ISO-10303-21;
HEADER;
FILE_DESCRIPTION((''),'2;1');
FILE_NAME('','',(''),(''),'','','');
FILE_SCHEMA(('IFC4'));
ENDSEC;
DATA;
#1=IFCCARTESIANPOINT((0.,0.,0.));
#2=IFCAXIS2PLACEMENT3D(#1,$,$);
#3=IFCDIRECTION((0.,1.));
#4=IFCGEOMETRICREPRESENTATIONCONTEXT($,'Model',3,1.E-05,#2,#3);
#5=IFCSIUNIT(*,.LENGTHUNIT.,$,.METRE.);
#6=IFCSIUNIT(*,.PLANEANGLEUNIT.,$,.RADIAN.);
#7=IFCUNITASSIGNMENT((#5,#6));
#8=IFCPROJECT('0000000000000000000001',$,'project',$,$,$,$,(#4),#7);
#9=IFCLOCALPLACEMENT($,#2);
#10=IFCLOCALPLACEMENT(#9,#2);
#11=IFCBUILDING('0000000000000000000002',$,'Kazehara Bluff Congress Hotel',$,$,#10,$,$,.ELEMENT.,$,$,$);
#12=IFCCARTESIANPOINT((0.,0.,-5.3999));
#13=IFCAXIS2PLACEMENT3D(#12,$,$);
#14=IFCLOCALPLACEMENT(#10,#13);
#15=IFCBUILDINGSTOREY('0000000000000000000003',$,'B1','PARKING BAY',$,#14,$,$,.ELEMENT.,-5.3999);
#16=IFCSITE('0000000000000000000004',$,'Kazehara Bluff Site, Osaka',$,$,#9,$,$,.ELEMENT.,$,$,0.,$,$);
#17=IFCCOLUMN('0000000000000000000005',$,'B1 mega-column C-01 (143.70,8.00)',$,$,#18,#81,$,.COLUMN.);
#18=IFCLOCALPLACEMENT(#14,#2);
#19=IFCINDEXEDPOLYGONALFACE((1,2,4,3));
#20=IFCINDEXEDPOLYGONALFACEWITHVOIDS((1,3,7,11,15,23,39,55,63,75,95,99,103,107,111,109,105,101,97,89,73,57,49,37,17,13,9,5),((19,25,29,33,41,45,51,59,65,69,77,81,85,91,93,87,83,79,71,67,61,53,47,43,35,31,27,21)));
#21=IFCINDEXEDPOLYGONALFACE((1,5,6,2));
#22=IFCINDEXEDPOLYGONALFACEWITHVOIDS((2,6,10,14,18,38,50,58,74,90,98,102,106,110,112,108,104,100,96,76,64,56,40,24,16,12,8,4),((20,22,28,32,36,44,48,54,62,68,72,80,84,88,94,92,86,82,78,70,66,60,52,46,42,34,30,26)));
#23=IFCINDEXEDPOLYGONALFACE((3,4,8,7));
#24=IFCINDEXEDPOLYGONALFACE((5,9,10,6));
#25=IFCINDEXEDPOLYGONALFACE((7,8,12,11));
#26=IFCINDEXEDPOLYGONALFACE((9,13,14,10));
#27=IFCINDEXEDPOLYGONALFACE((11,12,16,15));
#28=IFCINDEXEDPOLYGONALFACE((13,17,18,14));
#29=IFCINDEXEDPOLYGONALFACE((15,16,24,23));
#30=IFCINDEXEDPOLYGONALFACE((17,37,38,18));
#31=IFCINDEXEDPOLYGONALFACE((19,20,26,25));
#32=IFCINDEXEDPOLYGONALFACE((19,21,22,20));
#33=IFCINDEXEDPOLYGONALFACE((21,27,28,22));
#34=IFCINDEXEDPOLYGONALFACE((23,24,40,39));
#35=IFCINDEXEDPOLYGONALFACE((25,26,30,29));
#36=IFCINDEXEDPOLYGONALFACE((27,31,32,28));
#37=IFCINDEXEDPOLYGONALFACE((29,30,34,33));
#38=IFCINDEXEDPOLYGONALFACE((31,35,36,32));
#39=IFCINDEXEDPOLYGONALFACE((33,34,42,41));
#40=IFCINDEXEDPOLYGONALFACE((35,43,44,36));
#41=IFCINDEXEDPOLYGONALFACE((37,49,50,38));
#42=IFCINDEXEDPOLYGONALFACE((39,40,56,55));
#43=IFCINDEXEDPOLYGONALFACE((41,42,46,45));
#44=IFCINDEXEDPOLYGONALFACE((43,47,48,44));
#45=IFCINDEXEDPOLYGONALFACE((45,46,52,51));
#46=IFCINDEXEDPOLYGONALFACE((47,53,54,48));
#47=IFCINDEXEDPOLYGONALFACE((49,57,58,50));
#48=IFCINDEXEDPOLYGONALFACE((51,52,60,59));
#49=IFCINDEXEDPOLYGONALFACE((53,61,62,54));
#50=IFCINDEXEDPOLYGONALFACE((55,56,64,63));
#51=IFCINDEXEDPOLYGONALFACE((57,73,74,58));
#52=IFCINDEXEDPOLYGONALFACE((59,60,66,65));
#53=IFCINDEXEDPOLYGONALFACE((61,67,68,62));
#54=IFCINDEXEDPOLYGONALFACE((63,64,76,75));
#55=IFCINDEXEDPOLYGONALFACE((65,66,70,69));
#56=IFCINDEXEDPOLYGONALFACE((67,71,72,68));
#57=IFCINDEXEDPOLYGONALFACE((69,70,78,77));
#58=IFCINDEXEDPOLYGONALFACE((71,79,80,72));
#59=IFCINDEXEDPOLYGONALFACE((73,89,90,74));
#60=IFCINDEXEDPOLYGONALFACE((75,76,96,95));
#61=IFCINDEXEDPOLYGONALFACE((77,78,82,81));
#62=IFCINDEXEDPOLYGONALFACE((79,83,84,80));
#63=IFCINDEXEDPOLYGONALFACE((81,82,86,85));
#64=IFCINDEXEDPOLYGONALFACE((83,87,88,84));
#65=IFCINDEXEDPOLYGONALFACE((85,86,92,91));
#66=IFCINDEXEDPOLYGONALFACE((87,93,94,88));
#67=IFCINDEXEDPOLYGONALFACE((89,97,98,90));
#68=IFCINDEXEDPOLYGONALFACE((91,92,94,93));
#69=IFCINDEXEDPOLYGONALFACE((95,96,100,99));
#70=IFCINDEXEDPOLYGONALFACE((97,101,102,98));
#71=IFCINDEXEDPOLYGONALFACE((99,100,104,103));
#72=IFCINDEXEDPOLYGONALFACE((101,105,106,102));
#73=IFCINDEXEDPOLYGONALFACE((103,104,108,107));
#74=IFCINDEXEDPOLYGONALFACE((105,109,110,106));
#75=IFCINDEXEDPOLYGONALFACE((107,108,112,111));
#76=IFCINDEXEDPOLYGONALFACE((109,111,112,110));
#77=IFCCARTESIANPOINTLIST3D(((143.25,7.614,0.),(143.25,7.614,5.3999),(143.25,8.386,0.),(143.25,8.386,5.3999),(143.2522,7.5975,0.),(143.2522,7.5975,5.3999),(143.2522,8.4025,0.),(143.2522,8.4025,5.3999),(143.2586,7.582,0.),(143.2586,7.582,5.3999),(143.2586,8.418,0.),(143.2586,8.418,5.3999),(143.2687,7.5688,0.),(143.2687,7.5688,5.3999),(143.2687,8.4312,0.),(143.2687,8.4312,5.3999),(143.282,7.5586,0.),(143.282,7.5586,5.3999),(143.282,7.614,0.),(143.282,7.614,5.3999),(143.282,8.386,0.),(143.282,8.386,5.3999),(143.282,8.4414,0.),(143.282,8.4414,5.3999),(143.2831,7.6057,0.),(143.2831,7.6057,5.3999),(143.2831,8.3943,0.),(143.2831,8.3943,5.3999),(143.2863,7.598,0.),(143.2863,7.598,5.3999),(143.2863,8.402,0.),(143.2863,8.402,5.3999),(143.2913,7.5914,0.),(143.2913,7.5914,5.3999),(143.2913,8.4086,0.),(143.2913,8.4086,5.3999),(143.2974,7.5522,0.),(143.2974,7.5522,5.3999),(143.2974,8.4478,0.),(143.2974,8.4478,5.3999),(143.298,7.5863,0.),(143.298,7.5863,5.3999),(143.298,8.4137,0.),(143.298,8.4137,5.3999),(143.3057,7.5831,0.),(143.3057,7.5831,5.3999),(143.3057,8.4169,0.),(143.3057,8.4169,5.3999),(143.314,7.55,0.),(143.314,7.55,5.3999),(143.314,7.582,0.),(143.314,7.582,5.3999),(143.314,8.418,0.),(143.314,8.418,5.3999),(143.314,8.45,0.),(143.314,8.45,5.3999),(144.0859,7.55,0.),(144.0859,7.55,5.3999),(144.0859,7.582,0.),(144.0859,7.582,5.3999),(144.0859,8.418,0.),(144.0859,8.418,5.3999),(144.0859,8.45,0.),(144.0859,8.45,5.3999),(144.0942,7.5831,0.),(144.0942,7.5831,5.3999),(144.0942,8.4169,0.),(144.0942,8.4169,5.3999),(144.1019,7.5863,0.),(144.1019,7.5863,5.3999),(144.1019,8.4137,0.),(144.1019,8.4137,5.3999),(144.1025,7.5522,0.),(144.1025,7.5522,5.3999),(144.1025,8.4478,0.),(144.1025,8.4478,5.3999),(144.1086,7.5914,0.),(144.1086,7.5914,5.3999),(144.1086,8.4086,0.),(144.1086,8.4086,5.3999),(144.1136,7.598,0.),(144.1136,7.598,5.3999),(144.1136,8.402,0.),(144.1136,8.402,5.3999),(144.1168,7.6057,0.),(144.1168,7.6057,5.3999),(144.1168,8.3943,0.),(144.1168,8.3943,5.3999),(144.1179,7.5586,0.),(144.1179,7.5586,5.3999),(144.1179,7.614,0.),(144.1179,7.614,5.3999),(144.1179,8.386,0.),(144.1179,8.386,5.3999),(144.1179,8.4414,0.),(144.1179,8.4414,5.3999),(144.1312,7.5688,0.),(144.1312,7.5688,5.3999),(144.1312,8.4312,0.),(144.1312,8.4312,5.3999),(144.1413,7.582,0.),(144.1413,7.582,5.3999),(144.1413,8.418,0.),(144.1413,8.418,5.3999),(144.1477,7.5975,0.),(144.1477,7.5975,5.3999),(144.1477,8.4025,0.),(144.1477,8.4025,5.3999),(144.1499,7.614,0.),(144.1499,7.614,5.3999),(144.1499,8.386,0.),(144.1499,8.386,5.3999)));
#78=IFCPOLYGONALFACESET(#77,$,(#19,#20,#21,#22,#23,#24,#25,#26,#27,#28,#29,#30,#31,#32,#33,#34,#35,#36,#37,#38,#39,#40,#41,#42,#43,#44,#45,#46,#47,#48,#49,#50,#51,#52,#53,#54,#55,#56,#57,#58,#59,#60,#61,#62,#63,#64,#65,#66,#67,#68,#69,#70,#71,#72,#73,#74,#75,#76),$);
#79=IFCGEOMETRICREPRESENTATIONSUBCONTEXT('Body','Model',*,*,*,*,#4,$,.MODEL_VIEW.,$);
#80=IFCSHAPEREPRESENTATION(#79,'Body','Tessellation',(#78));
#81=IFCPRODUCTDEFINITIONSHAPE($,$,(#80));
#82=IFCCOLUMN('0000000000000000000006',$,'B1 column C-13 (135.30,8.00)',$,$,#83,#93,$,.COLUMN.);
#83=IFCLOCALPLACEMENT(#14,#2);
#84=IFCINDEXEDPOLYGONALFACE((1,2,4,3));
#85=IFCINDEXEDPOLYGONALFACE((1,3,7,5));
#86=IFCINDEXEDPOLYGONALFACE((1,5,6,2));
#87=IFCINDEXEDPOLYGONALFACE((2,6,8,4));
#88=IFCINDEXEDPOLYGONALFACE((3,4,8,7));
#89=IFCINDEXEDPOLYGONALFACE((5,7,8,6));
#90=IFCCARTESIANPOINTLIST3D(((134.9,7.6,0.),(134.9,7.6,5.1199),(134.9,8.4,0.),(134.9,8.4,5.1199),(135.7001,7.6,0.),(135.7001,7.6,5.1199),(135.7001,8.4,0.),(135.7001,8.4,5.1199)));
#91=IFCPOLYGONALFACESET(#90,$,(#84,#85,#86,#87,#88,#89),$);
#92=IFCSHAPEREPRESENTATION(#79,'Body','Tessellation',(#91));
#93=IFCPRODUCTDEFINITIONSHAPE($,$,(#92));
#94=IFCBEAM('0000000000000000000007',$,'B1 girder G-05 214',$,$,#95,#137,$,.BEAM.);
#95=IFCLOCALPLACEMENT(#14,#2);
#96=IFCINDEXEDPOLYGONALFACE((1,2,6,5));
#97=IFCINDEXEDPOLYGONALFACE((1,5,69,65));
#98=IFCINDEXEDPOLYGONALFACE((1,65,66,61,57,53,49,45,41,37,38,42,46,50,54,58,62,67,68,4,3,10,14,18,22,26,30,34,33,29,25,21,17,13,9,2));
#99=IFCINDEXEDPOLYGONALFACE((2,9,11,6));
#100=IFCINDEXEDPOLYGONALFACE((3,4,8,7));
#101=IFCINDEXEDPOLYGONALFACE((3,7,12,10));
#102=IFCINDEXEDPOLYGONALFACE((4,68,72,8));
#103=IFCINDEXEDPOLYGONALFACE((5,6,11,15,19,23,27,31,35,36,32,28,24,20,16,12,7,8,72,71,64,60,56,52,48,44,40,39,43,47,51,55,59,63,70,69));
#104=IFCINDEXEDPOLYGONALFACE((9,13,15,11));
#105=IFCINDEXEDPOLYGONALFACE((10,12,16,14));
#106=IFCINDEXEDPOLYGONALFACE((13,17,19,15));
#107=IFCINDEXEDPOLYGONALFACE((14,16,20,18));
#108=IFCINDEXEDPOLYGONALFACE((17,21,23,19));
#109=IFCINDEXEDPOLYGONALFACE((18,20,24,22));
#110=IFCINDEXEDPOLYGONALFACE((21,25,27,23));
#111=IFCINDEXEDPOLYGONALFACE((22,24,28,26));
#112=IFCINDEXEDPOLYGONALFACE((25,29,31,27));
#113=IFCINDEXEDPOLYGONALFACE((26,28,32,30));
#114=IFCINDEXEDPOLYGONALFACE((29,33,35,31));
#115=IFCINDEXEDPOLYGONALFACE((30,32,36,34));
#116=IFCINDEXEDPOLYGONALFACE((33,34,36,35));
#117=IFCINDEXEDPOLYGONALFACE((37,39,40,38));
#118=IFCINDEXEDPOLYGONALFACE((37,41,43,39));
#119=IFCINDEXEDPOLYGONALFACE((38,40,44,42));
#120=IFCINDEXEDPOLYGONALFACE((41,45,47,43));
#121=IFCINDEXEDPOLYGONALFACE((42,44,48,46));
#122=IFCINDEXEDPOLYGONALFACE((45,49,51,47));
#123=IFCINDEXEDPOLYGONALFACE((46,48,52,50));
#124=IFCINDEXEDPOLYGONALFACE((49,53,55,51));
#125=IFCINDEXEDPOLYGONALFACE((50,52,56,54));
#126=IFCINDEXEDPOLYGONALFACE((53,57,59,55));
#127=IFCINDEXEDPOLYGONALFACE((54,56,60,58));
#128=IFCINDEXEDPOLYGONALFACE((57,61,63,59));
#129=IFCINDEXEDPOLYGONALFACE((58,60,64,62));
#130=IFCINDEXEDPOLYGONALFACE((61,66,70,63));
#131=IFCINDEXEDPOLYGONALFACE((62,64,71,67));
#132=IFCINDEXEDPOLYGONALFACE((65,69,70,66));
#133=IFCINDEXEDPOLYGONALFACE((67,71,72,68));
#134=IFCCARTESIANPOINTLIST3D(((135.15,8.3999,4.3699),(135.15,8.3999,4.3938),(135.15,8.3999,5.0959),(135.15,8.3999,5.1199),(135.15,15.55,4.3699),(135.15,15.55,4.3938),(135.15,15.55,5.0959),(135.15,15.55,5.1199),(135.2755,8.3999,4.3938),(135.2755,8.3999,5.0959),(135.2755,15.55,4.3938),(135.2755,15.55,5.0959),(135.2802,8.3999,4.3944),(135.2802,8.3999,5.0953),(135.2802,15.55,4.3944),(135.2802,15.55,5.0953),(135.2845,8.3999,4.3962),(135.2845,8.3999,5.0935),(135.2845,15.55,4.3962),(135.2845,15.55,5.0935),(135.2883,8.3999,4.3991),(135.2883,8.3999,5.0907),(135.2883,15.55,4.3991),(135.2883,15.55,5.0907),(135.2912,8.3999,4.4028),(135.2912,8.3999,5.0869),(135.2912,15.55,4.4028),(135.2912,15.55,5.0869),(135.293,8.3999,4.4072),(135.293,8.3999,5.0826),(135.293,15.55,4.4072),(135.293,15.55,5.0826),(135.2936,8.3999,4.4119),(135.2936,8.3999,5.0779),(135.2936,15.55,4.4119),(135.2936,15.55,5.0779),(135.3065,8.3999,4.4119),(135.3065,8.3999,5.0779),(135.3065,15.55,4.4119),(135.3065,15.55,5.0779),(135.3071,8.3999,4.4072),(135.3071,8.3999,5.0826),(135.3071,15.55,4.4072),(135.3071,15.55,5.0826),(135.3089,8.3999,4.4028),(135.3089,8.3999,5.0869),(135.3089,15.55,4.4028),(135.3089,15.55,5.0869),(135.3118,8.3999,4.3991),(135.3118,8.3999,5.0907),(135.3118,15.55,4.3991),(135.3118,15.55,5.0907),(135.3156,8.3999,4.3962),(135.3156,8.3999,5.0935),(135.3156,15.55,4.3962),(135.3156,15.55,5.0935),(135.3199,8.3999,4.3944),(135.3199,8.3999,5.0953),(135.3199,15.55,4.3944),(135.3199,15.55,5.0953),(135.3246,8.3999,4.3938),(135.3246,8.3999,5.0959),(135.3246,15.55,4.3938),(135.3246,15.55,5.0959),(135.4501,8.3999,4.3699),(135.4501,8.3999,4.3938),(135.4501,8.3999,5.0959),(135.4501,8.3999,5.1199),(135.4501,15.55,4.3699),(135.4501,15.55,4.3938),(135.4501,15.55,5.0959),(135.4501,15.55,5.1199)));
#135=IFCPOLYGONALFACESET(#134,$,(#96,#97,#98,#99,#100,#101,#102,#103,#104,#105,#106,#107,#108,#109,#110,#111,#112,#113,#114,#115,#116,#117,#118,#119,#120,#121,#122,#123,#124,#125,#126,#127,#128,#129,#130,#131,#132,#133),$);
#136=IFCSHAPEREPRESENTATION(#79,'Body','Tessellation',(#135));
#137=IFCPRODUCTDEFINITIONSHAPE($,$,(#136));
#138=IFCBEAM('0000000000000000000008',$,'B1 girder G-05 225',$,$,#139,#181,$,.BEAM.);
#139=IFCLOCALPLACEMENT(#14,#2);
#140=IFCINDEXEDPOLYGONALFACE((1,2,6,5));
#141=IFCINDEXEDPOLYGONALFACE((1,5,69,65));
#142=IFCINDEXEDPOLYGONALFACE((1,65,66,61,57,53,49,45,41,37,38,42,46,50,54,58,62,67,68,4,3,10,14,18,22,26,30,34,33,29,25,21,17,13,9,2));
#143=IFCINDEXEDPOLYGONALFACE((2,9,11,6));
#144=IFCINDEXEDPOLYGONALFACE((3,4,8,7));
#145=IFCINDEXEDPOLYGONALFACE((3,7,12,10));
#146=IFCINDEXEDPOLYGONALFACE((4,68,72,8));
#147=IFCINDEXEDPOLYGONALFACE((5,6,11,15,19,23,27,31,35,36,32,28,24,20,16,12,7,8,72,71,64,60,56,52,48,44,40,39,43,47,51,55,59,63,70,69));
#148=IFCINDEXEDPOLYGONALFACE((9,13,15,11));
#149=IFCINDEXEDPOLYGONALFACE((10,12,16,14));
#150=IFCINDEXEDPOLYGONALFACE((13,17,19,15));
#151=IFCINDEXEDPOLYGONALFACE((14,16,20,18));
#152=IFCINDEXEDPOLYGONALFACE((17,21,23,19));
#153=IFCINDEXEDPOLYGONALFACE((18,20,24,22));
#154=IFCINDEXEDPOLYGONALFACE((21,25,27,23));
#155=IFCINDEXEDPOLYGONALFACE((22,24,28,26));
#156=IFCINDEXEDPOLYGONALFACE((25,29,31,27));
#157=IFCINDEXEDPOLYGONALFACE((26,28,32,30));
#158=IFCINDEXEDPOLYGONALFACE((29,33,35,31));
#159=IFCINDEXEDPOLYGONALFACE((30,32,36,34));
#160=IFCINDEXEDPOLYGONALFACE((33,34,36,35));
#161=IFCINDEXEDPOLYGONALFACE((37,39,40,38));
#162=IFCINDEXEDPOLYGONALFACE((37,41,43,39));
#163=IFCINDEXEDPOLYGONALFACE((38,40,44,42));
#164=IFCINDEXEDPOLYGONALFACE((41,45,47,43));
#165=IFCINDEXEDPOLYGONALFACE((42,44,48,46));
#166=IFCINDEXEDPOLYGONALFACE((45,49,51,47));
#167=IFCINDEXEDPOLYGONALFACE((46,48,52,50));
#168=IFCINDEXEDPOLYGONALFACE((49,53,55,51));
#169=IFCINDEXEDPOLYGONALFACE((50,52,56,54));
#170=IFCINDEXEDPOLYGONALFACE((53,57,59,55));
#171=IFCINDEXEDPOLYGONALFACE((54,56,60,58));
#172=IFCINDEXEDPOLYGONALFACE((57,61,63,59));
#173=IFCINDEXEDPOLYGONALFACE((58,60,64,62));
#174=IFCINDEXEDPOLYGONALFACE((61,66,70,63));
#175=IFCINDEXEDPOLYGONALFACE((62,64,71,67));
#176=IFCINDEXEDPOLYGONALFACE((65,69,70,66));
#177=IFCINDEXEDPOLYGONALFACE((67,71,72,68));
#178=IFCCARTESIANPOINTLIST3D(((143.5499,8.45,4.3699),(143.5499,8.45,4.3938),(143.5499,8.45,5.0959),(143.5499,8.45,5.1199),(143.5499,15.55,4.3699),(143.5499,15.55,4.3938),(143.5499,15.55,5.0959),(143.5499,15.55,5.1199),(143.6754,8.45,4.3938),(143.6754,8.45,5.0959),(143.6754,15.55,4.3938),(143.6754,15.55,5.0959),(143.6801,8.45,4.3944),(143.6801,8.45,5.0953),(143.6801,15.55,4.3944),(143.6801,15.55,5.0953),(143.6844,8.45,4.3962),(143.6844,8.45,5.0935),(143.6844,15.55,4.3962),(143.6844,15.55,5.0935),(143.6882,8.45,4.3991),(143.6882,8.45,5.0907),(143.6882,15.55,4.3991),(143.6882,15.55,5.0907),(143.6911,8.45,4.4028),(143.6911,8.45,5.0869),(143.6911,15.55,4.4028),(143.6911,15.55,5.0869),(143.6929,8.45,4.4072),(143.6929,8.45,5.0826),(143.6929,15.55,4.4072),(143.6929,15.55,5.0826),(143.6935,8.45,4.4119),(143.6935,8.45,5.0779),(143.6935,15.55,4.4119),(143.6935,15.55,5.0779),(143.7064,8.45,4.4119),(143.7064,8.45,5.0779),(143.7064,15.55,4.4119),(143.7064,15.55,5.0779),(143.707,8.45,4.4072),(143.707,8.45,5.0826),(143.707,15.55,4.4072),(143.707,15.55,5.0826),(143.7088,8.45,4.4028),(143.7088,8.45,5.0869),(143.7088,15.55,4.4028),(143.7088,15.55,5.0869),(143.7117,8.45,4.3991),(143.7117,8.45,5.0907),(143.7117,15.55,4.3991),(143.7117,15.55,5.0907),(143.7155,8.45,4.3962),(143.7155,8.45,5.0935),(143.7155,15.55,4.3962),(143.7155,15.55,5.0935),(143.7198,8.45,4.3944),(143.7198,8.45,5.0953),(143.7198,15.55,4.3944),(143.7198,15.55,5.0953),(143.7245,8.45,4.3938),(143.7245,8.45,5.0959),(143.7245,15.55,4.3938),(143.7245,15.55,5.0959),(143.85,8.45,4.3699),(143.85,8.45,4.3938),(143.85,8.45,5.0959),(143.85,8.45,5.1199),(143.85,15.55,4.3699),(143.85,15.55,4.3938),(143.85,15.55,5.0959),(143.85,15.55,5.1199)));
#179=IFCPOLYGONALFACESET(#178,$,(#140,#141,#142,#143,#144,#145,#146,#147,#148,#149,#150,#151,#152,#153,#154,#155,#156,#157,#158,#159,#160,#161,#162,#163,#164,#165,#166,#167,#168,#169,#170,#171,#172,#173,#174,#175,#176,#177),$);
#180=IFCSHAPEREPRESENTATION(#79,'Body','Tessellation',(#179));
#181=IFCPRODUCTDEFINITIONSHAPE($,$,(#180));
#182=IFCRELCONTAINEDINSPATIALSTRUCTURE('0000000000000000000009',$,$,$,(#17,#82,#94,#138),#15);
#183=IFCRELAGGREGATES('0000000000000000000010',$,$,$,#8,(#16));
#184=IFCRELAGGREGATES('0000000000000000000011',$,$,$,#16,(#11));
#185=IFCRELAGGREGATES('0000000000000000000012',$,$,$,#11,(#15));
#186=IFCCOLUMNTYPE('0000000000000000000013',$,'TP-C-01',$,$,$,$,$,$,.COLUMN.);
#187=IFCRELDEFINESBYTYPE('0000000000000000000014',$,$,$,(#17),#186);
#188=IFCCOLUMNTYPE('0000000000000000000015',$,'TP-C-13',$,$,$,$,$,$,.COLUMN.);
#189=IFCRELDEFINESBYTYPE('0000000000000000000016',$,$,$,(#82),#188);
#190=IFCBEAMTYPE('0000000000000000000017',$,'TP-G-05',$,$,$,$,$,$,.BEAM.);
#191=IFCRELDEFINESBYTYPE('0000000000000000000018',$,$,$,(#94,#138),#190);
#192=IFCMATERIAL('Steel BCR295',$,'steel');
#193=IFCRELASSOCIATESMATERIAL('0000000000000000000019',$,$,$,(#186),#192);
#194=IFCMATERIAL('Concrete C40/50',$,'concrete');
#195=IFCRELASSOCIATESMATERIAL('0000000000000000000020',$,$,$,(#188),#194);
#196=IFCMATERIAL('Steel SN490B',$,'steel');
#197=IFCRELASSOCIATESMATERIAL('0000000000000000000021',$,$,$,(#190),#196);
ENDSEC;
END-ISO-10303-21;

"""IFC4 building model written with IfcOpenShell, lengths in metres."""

from ifc_helpers import new_model, si_unit, direction, frame, origin, origin_2d, place, context, subcontext, project, spatial, rectangle, hollow_rectangle, i_section, extrude, material, material_profile, profile_set, type_object, element, save


model = new_model("IFC4")

# Units and contexts
model_context = context("Model", 3, precision=1e-05, world=origin(), true_north=direction((0.0, 1.0)))
body_context = subcontext(model_context, "Body", "Model", "MODEL_VIEW")
ifc_project = project(units=[si_unit("LENGTHUNIT", "METRE"), si_unit("PLANEANGLEUNIT", "RADIAN")], contexts=[model_context])

# Site, building, storey
site_placement = place(None, origin())
site = spatial("IfcSite", under=ifc_project, at=site_placement, Name="Kazehara Bluff Site, Osaka", CompositionType="ELEMENT", RefElevation=0.0)
building_placement = place(site_placement, origin())
building = spatial("IfcBuilding", under=site, at=building_placement, Name="Kazehara Bluff Congress Hotel", CompositionType="ELEMENT")
storey_placement = place(building_placement, frame((0.0, 0.0, -5.3999)))
storey = spatial("IfcBuildingStorey", under=building, at=storey_placement, Name="B1", Description="PARKING BAY", CompositionType="ELEMENT", Elevation=-5.3999)

# Columns
ifc_material_1 = material(Name="Steel BCR295", Category="steel")
ifc_material_profile_1 = material_profile(ifc_material_1, hollow_rectangle(XDim=0.8999, YDim=0.8999, WallThickness=0.032, InnerFilletRadius=0.032, OuterFilletRadius=0.064, at=origin_2d()))
ifc_profile_set_1 = profile_set([ifc_material_profile_1], Name="Steel BCR295")
column_type_1 = type_object("IfcColumnType", Name="TP-C-01", PredefinedType="COLUMN", material=ifc_profile_set_1)
for number, where, z_axis, x_axis, name in (
    (1, (143.7, 8.0, 0.0), (0.0, 0.0, 1.0), (1.0, 0.0, 0.0), "B1 mega-column C-01 (143.70,8.00)"),
):
    element("IfcColumn", number, at=place(storey_placement, frame(where, z_axis=z_axis, x_axis=x_axis)), inside=storey, type_object=column_type_1, Name=name, PredefinedType="COLUMN", context=body_context, shape_type="SweptSolid", body=[
        extrude(hollow_rectangle(XDim=0.8999, YDim=0.8999, WallThickness=0.032, InnerFilletRadius=0.032, OuterFilletRadius=0.064, at=origin_2d()), origin(), (0.0, 0.0, 1.0), 5.3999),
    ])
ifc_material_2 = material(Name="Concrete C40/50", Category="concrete")
ifc_material_profile_2 = material_profile(ifc_material_2, rectangle(XDim=0.8, YDim=0.8, at=origin_2d()))
ifc_profile_set_2 = profile_set([ifc_material_profile_2], Name="Concrete C40/50")
column_type_2 = type_object("IfcColumnType", Name="TP-C-13", PredefinedType="COLUMN", material=ifc_profile_set_2)
column_placement = place(storey_placement, frame((135.3, 8.0, 0.0), z_axis=(0.0, 0.0, 1.0), x_axis=(1.0, 0.0, 0.0)))
element("IfcColumn", 2, at=column_placement, inside=storey, type_object=column_type_2, Name="B1 column C-13 (135.30,8.00)", PredefinedType="COLUMN", context=body_context, shape_type="SweptSolid", body=[
    extrude(rectangle(XDim=0.8, YDim=0.8, at=origin_2d()), origin(), (0.0, 0.0, 1.0), 5.1199),
])

# Beams
ifc_material_3 = material(Name="Steel SN490B", Category="steel")
ifc_material_profile_3 = material_profile(ifc_material_3, i_section(OverallWidth=0.3, OverallDepth=0.75, WebThickness=0.0129, FlangeThickness=0.0239, FilletRadius=0.0181, at=origin_2d()))
ifc_profile_set_3 = profile_set([ifc_material_profile_3], Name="Steel SN490B")
beam_type_1 = type_object("IfcBeamType", Name="TP-G-05", PredefinedType="BEAM", material=ifc_profile_set_3)
beam_1_placement = place(storey_placement, frame((135.3, 8.3999, 4.7449), z_axis=(0.0, 1.0, 0.0), x_axis=(-1.0, 0.0, 0.0)))
element("IfcBeam", 3, at=beam_1_placement, inside=storey, type_object=beam_type_1, Name="B1 girder G-05 214", PredefinedType="BEAM", context=body_context, shape_type="SweptSolid", body=[
    extrude(i_section(OverallWidth=0.3, OverallDepth=0.75, WebThickness=0.0129, FlangeThickness=0.0239, FilletRadius=0.0181, at=origin_2d()), origin(), (0.0, 0.0, 1.0), 7.1501),
])
beam_2_placement = place(storey_placement, frame((143.7, 8.45, 4.7449), z_axis=(0.0, 1.0, 0.0), x_axis=(-1.0, 0.0, 0.0)))
element("IfcBeam", 4, at=beam_2_placement, inside=storey, type_object=beam_type_1, Name="B1 girder G-05 225", PredefinedType="BEAM", context=body_context, shape_type="SweptSolid", body=[
    extrude(i_section(OverallWidth=0.3, OverallDepth=0.75, WebThickness=0.0129, FlangeThickness=0.0239, FilletRadius=0.0181, at=origin_2d()), origin(), (0.0, 0.0, 1.0), 7.1001),
])

save(model, "model.ifc")
